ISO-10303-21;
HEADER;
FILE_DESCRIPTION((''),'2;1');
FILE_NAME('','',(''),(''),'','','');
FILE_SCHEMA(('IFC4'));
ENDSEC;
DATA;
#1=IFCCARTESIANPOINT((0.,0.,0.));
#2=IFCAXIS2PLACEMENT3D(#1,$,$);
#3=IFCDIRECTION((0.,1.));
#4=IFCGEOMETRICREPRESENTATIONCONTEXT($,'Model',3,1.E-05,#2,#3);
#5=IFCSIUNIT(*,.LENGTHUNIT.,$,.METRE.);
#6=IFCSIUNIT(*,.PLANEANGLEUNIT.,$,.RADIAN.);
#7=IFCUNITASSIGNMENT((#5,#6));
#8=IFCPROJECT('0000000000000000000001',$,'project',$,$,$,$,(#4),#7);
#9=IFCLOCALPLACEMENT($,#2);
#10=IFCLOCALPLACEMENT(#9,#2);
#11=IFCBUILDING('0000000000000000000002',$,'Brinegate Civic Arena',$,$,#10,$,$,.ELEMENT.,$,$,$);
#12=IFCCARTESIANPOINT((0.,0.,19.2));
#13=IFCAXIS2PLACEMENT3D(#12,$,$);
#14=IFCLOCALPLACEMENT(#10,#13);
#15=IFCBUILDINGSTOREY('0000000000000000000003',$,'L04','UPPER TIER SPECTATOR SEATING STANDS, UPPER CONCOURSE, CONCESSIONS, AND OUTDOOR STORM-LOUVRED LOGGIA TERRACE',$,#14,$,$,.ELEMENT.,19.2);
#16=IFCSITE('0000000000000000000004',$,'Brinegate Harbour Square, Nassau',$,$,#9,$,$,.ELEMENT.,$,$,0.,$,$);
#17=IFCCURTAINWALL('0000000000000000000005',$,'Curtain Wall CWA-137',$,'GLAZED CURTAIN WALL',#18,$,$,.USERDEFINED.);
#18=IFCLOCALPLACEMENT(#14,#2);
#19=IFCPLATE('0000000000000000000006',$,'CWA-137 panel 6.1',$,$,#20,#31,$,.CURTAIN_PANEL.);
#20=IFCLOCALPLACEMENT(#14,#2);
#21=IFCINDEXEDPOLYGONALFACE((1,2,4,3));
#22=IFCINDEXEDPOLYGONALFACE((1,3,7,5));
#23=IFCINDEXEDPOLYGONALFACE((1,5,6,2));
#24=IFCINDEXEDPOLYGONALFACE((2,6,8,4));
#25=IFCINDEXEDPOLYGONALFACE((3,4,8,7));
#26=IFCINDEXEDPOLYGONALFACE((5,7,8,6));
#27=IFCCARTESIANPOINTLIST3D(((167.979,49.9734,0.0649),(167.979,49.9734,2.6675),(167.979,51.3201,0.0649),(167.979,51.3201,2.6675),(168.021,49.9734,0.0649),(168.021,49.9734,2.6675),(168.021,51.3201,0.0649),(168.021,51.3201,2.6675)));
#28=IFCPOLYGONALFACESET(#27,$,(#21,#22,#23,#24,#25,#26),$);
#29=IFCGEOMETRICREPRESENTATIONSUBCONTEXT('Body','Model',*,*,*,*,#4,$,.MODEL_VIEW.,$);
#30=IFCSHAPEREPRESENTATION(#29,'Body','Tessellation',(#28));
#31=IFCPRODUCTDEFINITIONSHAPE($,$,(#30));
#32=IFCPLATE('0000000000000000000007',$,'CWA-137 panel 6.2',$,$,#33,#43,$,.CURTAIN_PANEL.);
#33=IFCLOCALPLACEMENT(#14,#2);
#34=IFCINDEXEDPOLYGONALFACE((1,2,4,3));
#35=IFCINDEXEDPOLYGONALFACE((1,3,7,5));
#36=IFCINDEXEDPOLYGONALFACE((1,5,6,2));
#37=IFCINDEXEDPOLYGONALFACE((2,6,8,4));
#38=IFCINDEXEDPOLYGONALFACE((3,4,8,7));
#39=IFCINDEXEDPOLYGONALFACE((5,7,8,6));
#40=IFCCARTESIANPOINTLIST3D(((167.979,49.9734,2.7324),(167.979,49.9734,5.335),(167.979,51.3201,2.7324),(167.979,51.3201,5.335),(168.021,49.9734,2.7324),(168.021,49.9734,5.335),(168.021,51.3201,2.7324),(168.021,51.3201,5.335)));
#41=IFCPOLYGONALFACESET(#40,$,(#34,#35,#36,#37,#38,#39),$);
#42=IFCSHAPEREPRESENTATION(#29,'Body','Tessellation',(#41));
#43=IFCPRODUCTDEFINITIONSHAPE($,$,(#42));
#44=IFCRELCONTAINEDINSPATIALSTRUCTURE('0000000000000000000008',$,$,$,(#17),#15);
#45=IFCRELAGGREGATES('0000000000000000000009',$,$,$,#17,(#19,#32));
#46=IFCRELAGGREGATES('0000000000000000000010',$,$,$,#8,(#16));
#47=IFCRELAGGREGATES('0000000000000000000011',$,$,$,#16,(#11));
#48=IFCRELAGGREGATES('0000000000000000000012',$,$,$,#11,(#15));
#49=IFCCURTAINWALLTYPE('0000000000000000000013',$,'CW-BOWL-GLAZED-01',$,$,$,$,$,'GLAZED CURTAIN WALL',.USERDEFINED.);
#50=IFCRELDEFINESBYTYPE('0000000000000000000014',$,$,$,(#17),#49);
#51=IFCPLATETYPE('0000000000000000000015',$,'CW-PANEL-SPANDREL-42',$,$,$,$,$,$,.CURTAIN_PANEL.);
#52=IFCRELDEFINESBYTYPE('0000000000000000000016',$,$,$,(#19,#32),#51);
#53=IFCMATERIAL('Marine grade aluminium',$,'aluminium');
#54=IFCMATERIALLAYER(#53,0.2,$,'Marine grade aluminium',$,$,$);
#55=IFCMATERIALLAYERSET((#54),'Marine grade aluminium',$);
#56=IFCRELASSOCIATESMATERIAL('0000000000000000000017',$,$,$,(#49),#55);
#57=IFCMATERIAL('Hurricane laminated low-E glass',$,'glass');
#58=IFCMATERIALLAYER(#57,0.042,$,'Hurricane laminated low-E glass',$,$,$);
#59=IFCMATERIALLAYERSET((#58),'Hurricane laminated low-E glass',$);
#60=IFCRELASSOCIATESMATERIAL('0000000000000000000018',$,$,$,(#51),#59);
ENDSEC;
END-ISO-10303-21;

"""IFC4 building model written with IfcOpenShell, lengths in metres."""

from ifc_helpers import new_model, si_unit, direction, frame, origin, origin_2d, place, context, subcontext, project, spatial, rectangle, extrude, material, layer, layer_set, type_object, element, aggregate, save


model = new_model("IFC4")

# Units and contexts
model_context = context("Model", 3, precision=1e-05, world=origin(), true_north=direction((0.0, 1.0)))
body_context = subcontext(model_context, "Body", "Model", "MODEL_VIEW")
ifc_project = project(units=[si_unit("LENGTHUNIT", "METRE"), si_unit("PLANEANGLEUNIT", "RADIAN")], contexts=[model_context])

# Site, building, storey
site_placement = place(None, origin())
site = spatial("IfcSite", under=ifc_project, at=site_placement, Name="Brinegate Harbour Square, Nassau", CompositionType="ELEMENT", RefElevation=0.0)
building_placement = place(site_placement, origin())
building = spatial("IfcBuilding", under=site, at=building_placement, Name="Brinegate Civic Arena", CompositionType="ELEMENT")
storey_placement = place(building_placement, frame((0.0, 0.0, 19.2)))
storey = spatial("IfcBuildingStorey", under=building, at=storey_placement, Name="L04", Description="UPPER TIER SPECTATOR SEATING STANDS, UPPER CONCOURSE, CONCESSIONS, AND OUTDOOR STORM-LOUVRED LOGGIA TERRACE", CompositionType="ELEMENT", Elevation=19.2)

# Curtain wall
ifc_material_1 = material(Name="Marine grade aluminium", Category="aluminium")
ifc_layer_1 = layer(ifc_material_1, 0.2, Name="Marine grade aluminium")
ifc_layer_set_1 = layer_set([ifc_layer_1], Name="Marine grade aluminium")
curtain_wall_type = type_object("IfcCurtainWallType", Name="CW-BOWL-GLAZED-01", ElementType="GLAZED CURTAIN WALL", PredefinedType="USERDEFINED", material=ifc_layer_set_1)
curtain_wall_1_placement = place(storey_placement, origin())
curtain_wall_1 = element("IfcCurtainWall", 1, at=curtain_wall_1_placement, inside=storey, type_object=curtain_wall_type, Name="Curtain Wall CWA-137", ObjectType="GLAZED CURTAIN WALL", PredefinedType="USERDEFINED")

# Plates
ifc_material_2 = material(Name="Hurricane laminated low-E glass", Category="glass")
ifc_layer_2 = layer(ifc_material_2, 0.042, Name="Hurricane laminated low-E glass")
ifc_layer_set_2 = layer_set([ifc_layer_2], Name="Hurricane laminated low-E glass")
plate_type_1 = type_object("IfcPlateType", Name="CW-PANEL-SPANDREL-42", PredefinedType="CURTAIN_PANEL", material=ifc_layer_set_2)
plate_1_placement = place(storey_placement, frame((168.0, 50.6467, 0.0649), z_axis=(0.0, 0.0, 1.0), x_axis=(0.0, 1.0, 0.0)))
plate_1 = element("IfcPlate", 2, at=plate_1_placement, type_object=plate_type_1, Name="CWA-137 panel 6.1", PredefinedType="CURTAIN_PANEL", context=body_context, shape_type="SweptSolid", body=[
    extrude(rectangle(XDim=1.3467, YDim=0.042, at=origin_2d()), origin(), (0.0, 0.0, 1.0), 2.6025),
])
plate_2_placement = place(storey_placement, frame((168.0, 50.6467, 2.7324), z_axis=(0.0, 0.0, 1.0), x_axis=(0.0, 1.0, 0.0)))
plate_2 = element("IfcPlate", 3, at=plate_2_placement, type_object=plate_type_1, Name="CWA-137 panel 6.2", PredefinedType="CURTAIN_PANEL", context=body_context, shape_type="SweptSolid", body=[
    extrude(rectangle(XDim=1.3467, YDim=0.042, at=origin_2d()), origin(), (0.0, 0.0, 1.0), 2.6025),
])
aggregate(curtain_wall_1, [plate_1, plate_2])

save(model, "model.ifc")
